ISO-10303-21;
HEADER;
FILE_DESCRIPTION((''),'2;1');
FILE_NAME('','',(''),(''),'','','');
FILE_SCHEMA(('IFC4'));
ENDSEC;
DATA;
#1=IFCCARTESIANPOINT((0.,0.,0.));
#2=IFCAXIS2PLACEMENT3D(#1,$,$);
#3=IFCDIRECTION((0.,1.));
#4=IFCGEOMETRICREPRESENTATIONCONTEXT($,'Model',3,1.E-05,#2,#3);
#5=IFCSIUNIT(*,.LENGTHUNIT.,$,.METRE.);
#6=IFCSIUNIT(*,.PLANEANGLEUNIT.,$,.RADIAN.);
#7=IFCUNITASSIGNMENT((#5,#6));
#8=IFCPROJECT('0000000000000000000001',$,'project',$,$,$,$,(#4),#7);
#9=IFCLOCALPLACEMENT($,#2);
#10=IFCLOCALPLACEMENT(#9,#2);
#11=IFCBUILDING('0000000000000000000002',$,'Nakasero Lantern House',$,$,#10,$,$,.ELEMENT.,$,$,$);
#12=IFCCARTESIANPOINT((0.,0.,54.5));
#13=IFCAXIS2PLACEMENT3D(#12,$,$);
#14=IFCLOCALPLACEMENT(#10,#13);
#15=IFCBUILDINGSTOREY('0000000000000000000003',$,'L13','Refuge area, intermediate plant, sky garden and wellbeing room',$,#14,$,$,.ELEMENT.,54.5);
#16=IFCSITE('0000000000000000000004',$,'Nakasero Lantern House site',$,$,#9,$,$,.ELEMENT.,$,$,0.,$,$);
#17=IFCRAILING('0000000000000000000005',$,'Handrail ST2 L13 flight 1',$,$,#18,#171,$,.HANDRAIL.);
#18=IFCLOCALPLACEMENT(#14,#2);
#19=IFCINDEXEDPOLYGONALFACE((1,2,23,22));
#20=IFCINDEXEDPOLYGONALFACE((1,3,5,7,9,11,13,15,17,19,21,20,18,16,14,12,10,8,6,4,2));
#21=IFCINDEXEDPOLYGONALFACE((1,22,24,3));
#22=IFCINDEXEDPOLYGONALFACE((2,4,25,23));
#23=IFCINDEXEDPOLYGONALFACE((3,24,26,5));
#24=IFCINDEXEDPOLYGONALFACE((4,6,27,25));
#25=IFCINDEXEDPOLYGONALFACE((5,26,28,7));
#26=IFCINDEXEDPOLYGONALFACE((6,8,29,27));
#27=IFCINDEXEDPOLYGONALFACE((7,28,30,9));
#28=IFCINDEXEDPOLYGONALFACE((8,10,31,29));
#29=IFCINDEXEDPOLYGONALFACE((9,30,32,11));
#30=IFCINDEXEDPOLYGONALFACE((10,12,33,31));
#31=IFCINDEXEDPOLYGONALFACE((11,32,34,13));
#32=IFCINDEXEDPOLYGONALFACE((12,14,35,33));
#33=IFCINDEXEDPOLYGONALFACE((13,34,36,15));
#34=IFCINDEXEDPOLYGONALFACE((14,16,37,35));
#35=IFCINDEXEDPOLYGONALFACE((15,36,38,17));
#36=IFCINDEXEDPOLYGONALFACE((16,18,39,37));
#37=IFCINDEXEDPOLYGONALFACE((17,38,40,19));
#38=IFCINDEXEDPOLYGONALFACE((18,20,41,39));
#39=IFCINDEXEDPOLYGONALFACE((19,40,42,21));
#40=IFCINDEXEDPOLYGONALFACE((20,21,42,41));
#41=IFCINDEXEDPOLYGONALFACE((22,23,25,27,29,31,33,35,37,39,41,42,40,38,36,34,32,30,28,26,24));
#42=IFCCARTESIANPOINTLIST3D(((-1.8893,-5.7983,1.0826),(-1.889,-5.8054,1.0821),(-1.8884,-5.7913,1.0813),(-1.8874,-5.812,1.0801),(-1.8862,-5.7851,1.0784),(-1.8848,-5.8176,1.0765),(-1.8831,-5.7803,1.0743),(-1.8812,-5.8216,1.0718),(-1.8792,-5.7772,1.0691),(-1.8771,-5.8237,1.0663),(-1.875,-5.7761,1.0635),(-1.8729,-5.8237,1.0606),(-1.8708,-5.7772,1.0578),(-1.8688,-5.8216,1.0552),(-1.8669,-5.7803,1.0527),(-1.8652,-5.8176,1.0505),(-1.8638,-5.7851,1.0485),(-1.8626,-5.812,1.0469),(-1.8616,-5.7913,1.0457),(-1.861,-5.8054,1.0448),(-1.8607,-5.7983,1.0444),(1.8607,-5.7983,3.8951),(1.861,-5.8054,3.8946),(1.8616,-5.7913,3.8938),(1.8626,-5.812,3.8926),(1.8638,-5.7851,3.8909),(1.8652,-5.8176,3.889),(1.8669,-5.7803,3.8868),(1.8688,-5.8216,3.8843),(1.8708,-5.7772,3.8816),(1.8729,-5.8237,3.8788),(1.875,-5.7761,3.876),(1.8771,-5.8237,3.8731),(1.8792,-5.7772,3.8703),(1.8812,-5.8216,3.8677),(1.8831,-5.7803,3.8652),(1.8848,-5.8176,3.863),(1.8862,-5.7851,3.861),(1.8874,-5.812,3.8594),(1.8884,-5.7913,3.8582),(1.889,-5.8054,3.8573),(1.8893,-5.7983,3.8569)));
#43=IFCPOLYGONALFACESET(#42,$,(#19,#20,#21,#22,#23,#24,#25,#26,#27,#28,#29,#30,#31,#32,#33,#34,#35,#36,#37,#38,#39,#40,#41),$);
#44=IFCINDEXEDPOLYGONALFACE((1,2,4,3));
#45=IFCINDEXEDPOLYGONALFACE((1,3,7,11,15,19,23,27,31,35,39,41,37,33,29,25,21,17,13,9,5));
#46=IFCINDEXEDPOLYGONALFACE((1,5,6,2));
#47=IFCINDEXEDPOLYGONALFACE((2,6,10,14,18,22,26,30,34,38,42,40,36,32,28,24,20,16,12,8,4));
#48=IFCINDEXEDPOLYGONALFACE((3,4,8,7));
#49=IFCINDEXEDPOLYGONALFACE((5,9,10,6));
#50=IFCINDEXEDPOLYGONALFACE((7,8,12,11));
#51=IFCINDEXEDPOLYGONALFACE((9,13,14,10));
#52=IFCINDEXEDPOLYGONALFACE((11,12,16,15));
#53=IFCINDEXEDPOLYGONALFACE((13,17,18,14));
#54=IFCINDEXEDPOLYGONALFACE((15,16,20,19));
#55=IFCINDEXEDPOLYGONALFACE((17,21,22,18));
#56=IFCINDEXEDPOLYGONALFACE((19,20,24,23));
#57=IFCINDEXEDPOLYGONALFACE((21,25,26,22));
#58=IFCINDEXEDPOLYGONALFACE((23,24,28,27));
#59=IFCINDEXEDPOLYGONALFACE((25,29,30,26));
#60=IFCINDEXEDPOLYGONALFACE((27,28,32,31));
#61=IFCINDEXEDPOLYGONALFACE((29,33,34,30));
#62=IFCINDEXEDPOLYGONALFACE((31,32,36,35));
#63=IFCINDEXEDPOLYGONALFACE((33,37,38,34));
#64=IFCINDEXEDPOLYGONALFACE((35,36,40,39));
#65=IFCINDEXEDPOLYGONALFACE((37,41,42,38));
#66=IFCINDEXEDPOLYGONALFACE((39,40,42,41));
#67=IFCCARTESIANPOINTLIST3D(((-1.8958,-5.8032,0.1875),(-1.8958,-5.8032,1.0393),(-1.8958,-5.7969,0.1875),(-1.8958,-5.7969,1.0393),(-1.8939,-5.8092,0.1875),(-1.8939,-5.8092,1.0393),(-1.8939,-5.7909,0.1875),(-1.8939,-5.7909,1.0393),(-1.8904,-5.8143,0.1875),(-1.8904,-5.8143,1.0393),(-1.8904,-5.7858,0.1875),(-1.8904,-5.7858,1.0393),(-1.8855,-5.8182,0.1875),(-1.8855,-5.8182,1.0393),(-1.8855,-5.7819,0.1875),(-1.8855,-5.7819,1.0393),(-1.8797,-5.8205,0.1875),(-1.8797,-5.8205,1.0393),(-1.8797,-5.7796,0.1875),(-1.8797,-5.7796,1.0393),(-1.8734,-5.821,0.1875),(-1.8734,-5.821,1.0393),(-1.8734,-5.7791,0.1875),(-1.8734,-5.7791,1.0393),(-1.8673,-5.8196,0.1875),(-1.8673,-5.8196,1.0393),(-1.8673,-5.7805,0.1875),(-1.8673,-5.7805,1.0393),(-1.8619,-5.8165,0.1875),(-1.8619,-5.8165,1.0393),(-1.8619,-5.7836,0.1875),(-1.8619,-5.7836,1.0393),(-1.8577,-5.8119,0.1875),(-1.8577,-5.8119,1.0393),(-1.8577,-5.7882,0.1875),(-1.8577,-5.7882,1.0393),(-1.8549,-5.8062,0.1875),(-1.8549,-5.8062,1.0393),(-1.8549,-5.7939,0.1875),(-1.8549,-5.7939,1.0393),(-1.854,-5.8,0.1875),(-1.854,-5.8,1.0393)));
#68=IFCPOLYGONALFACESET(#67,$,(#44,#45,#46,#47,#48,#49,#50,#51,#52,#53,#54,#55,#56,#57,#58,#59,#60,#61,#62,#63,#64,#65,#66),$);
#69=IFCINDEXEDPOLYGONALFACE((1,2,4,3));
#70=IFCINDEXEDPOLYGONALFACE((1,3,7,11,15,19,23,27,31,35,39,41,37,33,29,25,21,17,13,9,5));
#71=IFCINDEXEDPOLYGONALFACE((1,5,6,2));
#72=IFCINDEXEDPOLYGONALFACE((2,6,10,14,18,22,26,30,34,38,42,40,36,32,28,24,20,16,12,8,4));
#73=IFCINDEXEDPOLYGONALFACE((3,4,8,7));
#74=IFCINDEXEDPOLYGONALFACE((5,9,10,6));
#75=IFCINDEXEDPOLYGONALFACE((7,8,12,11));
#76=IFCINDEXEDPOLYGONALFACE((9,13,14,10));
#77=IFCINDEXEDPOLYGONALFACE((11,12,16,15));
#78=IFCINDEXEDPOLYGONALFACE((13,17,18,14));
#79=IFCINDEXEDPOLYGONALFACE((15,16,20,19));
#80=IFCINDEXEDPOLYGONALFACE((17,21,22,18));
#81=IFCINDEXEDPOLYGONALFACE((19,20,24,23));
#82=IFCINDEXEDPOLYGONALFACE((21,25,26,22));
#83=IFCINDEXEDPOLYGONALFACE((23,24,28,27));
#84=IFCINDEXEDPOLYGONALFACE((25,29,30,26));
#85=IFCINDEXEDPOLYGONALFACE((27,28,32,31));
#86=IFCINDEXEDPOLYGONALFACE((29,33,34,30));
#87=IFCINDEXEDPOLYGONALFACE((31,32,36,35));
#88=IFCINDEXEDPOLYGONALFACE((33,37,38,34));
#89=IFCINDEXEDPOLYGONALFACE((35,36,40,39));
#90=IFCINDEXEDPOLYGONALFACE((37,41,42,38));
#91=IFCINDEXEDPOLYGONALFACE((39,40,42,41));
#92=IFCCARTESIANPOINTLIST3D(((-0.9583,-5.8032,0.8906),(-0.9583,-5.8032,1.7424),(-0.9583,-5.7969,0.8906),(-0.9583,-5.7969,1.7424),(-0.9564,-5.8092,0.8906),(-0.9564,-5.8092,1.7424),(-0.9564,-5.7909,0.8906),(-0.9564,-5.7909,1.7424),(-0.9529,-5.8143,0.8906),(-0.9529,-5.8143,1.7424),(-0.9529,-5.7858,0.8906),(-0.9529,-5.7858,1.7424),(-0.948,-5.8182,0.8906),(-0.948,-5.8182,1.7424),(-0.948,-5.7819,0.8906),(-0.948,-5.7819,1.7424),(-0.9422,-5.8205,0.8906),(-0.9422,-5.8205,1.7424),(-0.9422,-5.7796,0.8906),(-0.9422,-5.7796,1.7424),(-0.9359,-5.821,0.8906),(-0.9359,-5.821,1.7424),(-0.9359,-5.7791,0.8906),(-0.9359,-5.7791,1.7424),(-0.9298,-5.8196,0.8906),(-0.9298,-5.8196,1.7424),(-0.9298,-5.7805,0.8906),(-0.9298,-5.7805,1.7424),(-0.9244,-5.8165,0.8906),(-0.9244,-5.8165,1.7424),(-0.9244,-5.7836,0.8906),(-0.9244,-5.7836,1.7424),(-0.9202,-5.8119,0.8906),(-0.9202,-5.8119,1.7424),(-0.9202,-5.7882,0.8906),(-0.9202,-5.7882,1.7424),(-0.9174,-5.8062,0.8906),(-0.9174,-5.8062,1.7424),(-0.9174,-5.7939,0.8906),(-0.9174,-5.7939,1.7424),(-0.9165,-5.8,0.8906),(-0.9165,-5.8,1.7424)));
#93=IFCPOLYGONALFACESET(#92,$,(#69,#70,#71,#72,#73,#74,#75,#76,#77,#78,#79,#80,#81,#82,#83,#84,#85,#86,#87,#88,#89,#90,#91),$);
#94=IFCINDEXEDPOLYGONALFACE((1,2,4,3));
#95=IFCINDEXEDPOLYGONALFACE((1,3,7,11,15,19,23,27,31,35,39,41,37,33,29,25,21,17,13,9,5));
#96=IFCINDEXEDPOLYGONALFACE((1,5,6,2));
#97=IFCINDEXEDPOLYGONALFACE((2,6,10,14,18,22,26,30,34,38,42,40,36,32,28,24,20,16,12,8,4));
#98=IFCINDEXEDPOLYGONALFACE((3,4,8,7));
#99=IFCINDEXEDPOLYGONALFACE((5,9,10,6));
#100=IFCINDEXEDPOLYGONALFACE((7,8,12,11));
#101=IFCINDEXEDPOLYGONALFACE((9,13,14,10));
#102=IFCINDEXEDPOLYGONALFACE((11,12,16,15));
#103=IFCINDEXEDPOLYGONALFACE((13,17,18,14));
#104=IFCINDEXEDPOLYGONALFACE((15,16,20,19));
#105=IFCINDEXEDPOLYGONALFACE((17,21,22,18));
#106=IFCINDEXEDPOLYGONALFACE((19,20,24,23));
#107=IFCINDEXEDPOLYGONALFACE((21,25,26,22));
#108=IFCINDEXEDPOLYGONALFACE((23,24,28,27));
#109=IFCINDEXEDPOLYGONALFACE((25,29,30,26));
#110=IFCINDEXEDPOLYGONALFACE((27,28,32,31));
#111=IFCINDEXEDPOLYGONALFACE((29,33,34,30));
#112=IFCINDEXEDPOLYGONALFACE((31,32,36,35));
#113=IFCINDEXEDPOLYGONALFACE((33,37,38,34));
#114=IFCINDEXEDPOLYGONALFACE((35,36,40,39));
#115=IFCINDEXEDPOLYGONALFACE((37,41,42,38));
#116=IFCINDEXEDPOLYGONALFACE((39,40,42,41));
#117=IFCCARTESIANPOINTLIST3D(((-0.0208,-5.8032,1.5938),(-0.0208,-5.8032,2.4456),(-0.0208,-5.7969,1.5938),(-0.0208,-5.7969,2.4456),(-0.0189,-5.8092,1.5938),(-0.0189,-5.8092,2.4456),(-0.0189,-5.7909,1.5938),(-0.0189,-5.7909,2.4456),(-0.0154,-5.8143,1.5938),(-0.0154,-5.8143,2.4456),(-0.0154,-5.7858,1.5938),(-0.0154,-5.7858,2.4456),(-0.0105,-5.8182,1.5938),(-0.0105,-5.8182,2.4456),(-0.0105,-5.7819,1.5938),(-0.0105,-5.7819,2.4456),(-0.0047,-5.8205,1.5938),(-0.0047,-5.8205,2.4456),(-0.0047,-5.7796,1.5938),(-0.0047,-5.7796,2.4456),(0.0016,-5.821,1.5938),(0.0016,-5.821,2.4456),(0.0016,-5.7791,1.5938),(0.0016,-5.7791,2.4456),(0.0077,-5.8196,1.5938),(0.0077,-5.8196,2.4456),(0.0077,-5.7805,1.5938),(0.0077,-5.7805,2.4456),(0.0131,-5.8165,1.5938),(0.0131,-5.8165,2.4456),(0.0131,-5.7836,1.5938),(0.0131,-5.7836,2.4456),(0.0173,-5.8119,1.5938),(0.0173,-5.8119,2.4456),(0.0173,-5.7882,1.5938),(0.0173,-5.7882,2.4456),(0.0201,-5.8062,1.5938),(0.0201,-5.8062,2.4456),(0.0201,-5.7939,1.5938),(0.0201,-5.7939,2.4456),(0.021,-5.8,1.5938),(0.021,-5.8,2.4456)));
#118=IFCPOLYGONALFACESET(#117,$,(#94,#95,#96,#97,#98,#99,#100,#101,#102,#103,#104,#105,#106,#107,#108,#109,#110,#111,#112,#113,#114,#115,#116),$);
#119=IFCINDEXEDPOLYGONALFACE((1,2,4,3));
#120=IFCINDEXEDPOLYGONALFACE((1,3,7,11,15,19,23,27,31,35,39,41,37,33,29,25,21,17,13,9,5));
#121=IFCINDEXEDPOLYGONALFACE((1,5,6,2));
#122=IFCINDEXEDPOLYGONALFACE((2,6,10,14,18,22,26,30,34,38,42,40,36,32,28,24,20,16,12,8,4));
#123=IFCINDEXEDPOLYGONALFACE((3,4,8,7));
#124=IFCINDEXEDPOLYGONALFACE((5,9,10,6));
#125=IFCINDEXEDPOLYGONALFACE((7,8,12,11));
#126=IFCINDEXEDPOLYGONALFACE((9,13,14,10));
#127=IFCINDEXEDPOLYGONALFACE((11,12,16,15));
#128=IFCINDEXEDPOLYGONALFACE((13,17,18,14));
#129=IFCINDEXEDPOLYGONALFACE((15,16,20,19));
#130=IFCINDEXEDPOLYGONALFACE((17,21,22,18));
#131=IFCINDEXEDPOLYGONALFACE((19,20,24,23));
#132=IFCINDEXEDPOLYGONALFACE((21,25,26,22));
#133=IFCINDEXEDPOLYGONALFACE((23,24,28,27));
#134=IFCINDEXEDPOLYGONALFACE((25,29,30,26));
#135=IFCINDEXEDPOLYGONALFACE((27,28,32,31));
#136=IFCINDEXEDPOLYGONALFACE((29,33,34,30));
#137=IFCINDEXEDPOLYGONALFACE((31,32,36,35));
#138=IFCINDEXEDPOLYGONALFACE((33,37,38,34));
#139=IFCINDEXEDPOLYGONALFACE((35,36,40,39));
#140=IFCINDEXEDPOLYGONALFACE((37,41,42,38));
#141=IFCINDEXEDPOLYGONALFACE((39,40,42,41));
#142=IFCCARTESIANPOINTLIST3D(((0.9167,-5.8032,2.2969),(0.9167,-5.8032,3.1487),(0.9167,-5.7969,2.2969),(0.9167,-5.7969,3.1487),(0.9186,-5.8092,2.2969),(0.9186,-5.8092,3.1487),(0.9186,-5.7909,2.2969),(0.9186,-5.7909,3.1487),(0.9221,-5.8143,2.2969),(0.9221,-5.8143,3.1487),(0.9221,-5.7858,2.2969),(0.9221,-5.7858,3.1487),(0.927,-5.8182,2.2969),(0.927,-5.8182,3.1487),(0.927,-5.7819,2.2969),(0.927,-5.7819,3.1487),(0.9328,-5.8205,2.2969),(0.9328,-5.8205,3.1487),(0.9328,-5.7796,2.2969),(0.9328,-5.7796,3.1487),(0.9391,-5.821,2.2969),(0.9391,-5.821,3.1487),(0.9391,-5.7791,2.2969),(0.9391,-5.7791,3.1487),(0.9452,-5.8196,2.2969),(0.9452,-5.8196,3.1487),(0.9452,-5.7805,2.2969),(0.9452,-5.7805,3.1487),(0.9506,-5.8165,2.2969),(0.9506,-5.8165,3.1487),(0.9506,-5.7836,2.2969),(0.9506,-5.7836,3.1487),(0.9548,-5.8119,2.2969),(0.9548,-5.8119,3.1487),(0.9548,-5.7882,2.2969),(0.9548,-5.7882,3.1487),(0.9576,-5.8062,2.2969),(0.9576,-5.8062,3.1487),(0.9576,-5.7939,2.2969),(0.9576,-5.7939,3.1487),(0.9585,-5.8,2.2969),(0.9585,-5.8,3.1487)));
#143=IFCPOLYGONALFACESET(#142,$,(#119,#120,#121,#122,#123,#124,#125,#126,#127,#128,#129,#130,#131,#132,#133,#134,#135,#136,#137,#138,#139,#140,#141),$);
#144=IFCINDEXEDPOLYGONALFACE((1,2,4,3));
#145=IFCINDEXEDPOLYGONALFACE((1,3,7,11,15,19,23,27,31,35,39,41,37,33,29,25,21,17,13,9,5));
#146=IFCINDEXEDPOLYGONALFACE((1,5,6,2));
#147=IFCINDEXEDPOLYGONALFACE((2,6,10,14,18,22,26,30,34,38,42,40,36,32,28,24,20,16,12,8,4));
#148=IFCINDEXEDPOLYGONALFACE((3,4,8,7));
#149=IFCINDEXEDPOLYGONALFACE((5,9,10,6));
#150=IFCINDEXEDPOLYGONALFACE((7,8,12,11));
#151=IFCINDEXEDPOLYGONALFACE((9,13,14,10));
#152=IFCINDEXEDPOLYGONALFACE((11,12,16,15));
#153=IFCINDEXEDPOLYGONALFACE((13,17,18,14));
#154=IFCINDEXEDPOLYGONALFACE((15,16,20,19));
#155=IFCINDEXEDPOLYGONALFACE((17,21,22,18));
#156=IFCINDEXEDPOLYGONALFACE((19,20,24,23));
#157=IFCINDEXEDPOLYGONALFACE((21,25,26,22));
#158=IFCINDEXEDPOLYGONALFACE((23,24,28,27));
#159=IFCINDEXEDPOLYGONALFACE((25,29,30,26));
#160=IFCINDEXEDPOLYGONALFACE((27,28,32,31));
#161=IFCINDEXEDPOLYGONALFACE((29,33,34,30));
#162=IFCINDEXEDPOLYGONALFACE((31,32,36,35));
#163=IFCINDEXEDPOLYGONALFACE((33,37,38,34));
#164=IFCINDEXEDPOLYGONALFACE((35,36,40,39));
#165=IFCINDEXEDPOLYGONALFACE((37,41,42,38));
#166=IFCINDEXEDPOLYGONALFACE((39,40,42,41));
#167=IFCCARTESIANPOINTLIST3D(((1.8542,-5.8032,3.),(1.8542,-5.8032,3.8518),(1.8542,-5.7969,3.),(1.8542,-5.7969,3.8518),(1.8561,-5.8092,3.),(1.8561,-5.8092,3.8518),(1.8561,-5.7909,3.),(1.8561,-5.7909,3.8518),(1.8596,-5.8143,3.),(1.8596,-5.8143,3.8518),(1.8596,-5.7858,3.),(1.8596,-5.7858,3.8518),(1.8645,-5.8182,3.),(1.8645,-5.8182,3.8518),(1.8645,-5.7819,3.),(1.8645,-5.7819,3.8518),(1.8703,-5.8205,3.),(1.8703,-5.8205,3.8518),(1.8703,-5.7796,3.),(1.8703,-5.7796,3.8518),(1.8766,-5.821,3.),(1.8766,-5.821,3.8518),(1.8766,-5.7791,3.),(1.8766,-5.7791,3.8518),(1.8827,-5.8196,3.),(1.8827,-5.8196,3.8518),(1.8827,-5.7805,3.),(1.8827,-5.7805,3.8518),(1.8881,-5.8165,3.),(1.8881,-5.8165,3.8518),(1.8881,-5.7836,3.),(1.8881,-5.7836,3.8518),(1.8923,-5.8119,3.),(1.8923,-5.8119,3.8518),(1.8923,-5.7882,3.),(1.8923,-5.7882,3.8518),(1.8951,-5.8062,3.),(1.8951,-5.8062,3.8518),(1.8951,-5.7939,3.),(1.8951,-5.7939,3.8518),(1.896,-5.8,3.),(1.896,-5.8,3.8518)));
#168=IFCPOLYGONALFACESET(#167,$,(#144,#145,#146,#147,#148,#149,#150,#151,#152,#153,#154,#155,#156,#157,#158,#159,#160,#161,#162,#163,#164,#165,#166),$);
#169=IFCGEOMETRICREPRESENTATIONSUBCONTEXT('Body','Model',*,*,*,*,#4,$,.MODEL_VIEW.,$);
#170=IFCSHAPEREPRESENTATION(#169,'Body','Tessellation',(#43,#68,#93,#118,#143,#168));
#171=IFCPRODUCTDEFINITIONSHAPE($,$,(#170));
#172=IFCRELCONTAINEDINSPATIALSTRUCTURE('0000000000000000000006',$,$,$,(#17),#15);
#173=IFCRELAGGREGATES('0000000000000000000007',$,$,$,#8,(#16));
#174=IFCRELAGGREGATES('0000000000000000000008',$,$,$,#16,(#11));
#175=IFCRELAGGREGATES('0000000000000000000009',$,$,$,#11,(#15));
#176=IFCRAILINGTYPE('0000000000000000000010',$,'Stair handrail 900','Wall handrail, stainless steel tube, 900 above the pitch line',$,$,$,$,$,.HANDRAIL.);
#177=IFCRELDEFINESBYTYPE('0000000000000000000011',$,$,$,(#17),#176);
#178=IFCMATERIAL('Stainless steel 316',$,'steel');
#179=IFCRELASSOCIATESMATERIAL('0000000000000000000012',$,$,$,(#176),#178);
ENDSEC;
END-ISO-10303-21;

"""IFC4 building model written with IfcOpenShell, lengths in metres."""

from ifc_helpers import new_model, si_unit, direction, frame, origin, origin_2d, place, context, subcontext, project, spatial, circle, extrude, material, type_object, element, save


model = new_model("IFC4")

# Units and contexts
model_context = context("Model", 3, precision=1e-05, world=origin(), true_north=direction((0.0, 1.0)))
body_context = subcontext(model_context, "Body", "Model", "MODEL_VIEW")
ifc_project = project(units=[si_unit("LENGTHUNIT", "METRE"), si_unit("PLANEANGLEUNIT", "RADIAN")], contexts=[model_context])

# Site, building, storey
site_placement = place(None, origin())
site = spatial("IfcSite", under=ifc_project, at=site_placement, Name="Nakasero Lantern House site", CompositionType="ELEMENT", RefElevation=0.0)
building_placement = place(site_placement, origin())
building = spatial("IfcBuilding", under=site, at=building_placement, Name="Nakasero Lantern House", CompositionType="ELEMENT")
storey_placement = place(building_placement, frame((0.0, 0.0, 54.5)))
storey = spatial("IfcBuildingStorey", under=building, at=storey_placement, Name="L13", Description="Refuge area, intermediate plant, sky garden and wellbeing room", CompositionType="ELEMENT", Elevation=54.5)

# Railing
ifc_material_1 = material(Name="Stainless steel 316", Category="steel")
railing_type = type_object("IfcRailingType", Name="Stair handrail 900", Description="Wall handrail, stainless steel tube, 900 above the pitch line", PredefinedType="HANDRAIL", material=ifc_material_1)
railing_placement = place(storey_placement, frame((-1.875, -5.8, 0.1875)))
element("IfcRailing", 1, at=railing_placement, inside=storey, type_object=railing_type, Name="Handrail ST2 L13 flight 1", PredefinedType="HANDRAIL", context=body_context, shape_type="SweptSolid", body=[
    extrude(circle(Radius=0.0239, at=origin_2d()), frame((0.0, 0.0, 0.876), z_axis=(0.8, 0.0, 0.6), x_axis=(0.0, 1.0, 0.0)), (0.0, 0.0, 1.0), 4.6875),
    extrude(circle(Radius=0.021, at=origin_2d()), origin(), (0.0, 0.0, 1.0), 0.8518),
    extrude(circle(Radius=0.021, at=origin_2d()), frame((0.9375, 0.0, 0.7031)), (0.0, 0.0, 1.0), 0.8518),
    extrude(circle(Radius=0.021, at=origin_2d()), frame((1.875, 0.0, 1.4062)), (0.0, 0.0, 1.0), 0.8518),
    extrude(circle(Radius=0.021, at=origin_2d()), frame((2.8125, 0.0, 2.1094)), (0.0, 0.0, 1.0), 0.8518),
    extrude(circle(Radius=0.021, at=origin_2d()), frame((3.75, 0.0, 2.8125)), (0.0, 0.0, 1.0), 0.8518),
])

save(model, "model.ifc")
